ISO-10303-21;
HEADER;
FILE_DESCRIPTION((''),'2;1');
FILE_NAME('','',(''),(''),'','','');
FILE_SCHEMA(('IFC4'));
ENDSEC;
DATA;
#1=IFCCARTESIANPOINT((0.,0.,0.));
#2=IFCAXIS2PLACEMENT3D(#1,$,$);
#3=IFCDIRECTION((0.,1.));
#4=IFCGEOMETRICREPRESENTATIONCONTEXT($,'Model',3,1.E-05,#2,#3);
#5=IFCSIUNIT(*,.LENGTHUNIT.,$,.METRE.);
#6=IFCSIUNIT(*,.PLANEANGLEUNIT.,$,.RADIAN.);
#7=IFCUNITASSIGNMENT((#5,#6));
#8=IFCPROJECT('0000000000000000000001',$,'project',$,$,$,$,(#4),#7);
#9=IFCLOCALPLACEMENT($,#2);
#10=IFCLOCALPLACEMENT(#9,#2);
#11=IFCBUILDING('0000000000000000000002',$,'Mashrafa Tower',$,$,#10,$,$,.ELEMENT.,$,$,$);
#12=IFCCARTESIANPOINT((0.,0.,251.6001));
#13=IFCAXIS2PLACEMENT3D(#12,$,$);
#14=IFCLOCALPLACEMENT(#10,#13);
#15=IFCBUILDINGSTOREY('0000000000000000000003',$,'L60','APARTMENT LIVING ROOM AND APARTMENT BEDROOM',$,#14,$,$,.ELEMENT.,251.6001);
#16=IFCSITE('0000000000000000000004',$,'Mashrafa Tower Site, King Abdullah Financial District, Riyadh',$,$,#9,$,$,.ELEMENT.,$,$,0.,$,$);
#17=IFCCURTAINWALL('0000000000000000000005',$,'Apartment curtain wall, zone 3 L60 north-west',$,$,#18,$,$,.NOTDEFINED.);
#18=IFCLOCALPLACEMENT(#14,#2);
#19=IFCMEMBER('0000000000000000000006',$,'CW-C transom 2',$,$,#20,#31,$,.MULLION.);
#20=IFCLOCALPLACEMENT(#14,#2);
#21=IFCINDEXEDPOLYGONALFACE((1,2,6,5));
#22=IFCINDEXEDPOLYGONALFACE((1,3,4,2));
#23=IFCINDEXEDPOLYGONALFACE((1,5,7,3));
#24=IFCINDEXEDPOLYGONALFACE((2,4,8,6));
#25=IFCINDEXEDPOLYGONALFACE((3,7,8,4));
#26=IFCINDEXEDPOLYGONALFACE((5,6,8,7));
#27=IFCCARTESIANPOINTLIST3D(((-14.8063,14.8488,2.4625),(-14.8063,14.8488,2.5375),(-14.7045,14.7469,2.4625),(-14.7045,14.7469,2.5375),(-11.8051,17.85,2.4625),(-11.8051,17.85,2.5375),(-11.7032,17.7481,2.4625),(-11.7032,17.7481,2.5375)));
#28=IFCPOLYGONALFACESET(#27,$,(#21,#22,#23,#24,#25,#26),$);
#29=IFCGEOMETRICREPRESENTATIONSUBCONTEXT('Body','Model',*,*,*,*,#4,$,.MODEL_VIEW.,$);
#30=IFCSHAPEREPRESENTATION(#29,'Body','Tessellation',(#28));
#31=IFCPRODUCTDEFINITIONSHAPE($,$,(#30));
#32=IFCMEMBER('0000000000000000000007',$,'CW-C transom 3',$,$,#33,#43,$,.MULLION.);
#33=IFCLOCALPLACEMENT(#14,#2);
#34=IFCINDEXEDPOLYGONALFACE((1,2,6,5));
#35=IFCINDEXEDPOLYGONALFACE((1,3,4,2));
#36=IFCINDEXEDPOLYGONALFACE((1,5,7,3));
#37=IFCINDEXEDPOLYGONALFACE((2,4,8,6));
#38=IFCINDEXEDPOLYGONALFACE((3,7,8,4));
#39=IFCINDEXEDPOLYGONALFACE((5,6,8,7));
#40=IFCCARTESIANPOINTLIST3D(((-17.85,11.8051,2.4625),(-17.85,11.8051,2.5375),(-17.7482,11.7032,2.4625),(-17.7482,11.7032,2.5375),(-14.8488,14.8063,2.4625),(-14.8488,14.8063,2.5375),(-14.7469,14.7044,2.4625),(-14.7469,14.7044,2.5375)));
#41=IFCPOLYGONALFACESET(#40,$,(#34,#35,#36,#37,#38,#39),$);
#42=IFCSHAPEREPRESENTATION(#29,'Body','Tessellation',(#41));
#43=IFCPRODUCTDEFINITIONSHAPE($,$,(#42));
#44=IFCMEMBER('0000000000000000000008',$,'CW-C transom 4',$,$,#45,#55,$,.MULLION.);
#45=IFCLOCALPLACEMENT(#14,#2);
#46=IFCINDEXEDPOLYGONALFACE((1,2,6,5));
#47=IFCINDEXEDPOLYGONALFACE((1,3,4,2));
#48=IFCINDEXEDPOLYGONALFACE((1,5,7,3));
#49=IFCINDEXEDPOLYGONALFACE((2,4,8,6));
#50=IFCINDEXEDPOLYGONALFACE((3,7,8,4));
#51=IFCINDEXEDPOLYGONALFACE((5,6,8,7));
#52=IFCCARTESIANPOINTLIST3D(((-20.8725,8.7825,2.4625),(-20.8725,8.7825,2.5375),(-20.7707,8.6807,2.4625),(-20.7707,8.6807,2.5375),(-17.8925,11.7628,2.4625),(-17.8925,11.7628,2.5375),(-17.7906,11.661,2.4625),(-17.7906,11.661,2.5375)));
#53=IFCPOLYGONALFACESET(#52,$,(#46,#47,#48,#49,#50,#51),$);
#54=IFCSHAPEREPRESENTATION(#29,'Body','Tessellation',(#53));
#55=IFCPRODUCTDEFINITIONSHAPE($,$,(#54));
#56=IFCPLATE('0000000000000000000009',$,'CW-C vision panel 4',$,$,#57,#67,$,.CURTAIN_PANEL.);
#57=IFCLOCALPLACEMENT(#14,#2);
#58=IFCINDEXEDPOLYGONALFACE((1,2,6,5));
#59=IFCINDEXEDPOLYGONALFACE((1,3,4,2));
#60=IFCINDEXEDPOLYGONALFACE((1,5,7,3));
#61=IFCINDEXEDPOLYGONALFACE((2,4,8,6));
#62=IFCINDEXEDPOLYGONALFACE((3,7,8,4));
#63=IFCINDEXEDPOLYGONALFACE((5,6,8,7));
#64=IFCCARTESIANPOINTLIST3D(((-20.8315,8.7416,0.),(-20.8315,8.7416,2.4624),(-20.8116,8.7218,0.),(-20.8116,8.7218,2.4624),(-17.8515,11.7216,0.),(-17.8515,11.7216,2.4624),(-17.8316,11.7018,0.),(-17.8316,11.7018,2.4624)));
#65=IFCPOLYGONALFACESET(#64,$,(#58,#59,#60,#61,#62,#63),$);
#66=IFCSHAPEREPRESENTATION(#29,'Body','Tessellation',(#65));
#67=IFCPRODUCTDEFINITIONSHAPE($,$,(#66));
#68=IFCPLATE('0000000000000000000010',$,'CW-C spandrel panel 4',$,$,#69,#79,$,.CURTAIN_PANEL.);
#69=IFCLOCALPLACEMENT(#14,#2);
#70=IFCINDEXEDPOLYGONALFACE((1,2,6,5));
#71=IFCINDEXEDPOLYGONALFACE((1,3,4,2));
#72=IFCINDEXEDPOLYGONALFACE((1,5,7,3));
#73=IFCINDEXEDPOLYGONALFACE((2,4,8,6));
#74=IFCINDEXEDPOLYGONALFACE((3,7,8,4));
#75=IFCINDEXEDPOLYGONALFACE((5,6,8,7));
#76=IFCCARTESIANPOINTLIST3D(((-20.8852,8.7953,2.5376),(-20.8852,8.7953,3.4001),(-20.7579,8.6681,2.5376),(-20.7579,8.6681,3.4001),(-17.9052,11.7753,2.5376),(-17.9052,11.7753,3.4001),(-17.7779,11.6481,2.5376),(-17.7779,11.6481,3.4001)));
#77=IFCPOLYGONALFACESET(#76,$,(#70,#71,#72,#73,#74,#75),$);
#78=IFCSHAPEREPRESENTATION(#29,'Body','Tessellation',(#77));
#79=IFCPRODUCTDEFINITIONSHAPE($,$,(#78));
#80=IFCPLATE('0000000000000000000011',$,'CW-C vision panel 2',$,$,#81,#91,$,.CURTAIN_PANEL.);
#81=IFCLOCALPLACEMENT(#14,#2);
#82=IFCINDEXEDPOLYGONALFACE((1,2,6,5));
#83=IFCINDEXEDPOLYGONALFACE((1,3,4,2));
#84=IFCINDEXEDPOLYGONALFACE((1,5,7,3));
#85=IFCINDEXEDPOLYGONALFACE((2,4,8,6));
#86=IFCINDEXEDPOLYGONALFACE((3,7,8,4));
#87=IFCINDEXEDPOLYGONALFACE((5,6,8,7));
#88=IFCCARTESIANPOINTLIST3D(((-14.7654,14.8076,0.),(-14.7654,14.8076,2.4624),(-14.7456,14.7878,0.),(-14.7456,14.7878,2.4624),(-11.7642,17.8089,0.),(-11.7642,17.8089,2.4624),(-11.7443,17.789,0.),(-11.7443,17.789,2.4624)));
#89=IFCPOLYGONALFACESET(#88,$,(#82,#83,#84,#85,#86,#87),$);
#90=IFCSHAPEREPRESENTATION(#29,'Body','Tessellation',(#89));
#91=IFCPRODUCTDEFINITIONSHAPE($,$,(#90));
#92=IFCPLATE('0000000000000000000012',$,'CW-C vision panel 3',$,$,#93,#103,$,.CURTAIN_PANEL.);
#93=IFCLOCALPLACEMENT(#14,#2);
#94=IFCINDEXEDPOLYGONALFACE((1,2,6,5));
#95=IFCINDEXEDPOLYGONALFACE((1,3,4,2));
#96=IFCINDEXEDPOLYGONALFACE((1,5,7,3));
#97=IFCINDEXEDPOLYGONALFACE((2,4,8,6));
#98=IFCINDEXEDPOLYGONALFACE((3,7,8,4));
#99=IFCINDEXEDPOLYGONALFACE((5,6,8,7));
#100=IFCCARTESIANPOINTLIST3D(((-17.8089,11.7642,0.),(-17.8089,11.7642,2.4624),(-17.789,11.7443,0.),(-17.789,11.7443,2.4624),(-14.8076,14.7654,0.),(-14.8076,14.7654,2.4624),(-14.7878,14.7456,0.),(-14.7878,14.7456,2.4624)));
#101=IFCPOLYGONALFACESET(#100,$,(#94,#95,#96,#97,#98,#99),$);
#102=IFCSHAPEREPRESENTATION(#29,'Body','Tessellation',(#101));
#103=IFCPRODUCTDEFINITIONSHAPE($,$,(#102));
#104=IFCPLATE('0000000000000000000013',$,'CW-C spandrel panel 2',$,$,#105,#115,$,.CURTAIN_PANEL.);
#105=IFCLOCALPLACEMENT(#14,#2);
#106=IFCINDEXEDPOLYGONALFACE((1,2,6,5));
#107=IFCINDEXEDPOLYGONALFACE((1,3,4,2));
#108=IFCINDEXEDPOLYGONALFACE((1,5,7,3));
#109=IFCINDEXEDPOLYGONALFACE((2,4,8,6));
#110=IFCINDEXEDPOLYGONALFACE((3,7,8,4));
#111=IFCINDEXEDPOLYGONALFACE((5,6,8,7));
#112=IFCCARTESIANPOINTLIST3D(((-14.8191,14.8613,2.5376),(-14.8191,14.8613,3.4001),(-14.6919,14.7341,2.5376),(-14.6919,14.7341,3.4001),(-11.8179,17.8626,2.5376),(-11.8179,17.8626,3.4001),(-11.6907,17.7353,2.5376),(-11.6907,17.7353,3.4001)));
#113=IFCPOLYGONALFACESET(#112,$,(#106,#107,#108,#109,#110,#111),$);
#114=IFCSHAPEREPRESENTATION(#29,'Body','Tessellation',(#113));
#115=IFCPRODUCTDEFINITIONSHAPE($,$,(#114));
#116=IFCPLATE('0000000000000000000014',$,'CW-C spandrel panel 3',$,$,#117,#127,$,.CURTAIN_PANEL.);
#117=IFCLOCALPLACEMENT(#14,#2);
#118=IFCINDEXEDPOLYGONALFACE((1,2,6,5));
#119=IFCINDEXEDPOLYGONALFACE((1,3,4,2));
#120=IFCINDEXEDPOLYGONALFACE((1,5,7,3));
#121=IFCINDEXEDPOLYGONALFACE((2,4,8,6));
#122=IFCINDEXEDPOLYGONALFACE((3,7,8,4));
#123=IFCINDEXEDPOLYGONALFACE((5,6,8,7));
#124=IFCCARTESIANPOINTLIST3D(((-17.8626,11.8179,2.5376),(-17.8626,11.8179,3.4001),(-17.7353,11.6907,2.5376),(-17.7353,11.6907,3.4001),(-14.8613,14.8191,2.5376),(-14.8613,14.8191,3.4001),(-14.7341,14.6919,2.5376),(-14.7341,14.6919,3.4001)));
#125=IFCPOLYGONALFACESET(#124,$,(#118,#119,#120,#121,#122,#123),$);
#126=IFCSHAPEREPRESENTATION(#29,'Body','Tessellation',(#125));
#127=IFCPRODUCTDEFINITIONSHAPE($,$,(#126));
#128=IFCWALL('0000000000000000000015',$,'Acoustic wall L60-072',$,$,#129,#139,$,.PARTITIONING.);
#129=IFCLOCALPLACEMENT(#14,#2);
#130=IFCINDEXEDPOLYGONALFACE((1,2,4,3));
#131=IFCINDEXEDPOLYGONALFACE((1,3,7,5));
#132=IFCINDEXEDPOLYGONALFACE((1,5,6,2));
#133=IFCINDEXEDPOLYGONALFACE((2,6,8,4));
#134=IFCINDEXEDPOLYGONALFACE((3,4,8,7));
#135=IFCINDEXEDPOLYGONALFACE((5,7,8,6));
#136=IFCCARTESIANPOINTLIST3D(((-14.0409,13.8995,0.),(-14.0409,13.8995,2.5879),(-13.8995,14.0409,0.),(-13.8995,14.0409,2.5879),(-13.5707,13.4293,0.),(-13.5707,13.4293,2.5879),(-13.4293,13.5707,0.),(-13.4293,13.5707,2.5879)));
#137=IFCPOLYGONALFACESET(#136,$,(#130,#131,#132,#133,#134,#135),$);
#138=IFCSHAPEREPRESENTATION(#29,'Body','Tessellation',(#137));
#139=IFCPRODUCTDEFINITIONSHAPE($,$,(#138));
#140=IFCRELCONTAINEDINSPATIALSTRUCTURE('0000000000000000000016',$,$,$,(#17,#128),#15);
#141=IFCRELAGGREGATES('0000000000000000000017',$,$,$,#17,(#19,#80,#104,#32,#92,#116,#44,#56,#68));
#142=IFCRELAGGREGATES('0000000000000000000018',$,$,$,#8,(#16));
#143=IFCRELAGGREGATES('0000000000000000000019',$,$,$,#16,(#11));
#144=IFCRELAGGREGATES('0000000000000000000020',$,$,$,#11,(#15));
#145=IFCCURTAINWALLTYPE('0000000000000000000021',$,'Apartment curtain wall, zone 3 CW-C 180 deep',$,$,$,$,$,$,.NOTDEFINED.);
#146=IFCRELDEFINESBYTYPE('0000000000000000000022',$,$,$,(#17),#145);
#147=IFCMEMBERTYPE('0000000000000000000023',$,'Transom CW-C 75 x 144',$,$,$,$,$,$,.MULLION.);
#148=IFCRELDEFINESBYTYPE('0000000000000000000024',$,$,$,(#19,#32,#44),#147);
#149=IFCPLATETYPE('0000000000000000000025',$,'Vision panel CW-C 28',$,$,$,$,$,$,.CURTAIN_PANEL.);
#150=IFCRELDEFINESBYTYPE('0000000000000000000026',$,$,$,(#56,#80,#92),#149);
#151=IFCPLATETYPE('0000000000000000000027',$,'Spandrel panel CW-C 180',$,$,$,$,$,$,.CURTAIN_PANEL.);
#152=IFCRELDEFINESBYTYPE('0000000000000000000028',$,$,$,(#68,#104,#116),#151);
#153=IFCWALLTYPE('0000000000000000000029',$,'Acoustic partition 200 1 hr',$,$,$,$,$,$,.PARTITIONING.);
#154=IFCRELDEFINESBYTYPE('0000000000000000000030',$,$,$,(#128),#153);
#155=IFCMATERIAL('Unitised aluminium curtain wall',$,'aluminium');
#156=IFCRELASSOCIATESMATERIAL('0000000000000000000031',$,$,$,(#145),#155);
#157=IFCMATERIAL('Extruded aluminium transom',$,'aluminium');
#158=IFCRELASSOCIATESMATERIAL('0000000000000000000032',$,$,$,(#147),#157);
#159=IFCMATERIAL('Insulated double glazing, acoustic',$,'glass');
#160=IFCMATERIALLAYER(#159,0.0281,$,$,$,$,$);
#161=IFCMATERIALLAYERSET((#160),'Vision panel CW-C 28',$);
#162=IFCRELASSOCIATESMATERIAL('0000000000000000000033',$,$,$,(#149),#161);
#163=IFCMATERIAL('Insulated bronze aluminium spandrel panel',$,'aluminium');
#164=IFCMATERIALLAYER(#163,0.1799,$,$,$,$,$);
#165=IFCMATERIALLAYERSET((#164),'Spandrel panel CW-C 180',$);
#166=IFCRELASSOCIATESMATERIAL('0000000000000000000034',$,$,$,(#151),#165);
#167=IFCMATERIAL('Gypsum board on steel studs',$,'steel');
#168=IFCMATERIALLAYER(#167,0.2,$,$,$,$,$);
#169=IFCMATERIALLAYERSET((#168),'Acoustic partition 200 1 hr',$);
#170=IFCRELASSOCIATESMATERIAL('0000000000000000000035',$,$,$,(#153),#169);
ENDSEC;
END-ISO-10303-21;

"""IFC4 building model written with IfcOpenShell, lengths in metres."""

from ifc_helpers import new_model, si_unit, direction, frame, frame_2d, origin, origin_2d, place, context, subcontext, project, spatial, rectangle, extrude, source, transform, mapped, material, layer, layer_set, material_profile, profile_set, type_object, type_shapes, element, aggregate, save


model = new_model("IFC4")

# Units and contexts
model_context = context("Model", 3, precision=1e-05, world=origin(), true_north=direction((0.0, 1.0)))
body_context = subcontext(model_context, "Body", "Model", "MODEL_VIEW")
ifc_project = project(units=[si_unit("LENGTHUNIT", "METRE"), si_unit("PLANEANGLEUNIT", "RADIAN")], contexts=[model_context])

# Site, building, storey
site_placement = place(None, origin())
site = spatial("IfcSite", under=ifc_project, at=site_placement, Name="Mashrafa Tower Site, King Abdullah Financial District, Riyadh", CompositionType="ELEMENT", RefElevation=0.0)
building_placement = place(site_placement, origin())
building = spatial("IfcBuilding", under=site, at=building_placement, Name="Mashrafa Tower", CompositionType="ELEMENT")
storey_placement = place(building_placement, frame((0.0, 0.0, 251.6001)))
storey = spatial("IfcBuildingStorey", under=building, at=storey_placement, Name="L60", Description="APARTMENT LIVING ROOM AND APARTMENT BEDROOM", CompositionType="ELEMENT", Elevation=251.6001)

# Curtain wall, members, plates
ifc_material_1 = material(Name="Unitised aluminium curtain wall", Category="aluminium")
curtain_wall_type = type_object("IfcCurtainWallType", Name="Apartment curtain wall, zone 3 CW-C 180 deep", PredefinedType="NOTDEFINED", material=ifc_material_1)
curtain_wall_placement = place(storey_placement, origin())
curtain_wall = element("IfcCurtainWall", 1, at=curtain_wall_placement, inside=storey, type_object=curtain_wall_type, Name="Apartment curtain wall, zone 3 L60 north-west", PredefinedType="NOTDEFINED")
ifc_material_2 = material(Name="Extruded aluminium transom", Category="aluminium")
ifc_material_profile_1 = material_profile(ifc_material_2, rectangle(XDim=0.144, YDim=0.075, at=origin_2d()), Name="Transom 75x144")
ifc_profile_set_1 = profile_set([ifc_material_profile_1], Name="Extruded aluminium transom")
member_type_1 = type_object("IfcMemberType", Name="Transom CW-C 75 x 144", PredefinedType="MULLION", material=ifc_profile_set_1)
shared_shape_1 = source(origin(), body_context, "Body", "SweptSolid", [
    extrude(rectangle(XDim=0.144, YDim=0.075, at=origin_2d()), origin(), (0.0, 0.0, 1.0), 4.2444),
])
member_1_placement = place(storey_placement, frame((-11.7542, 17.7991, 2.5), z_axis=(-0.707107, -0.707107, 0.0), x_axis=(0.707107, -0.707107, 0.0)))
member_1 = element("IfcMember", 2, at=member_1_placement, type_object=member_type_1, Name="CW-C transom 2", PredefinedType="MULLION", context=body_context, shape_type="MappedRepresentation", body=[
    mapped(shared_shape_1, transform((0.0, 0.0, 0.0))),
])
member_2_placement = place(storey_placement, frame((-14.7979, 14.7554, 2.5), z_axis=(-0.707107, -0.707107, 0.0), x_axis=(0.707107, -0.707107, 0.0)))
member_2 = element("IfcMember", 3, at=member_2_placement, type_object=member_type_1, Name="CW-C transom 3", PredefinedType="MULLION", context=body_context, shape_type="MappedRepresentation", body=[
    mapped(shared_shape_1, transform((0.0, 0.0, 0.0))),
])
shared_shape_2 = source(origin(), body_context, "Body", "SweptSolid", [
    extrude(rectangle(XDim=0.144, YDim=0.075, at=origin_2d()), origin(), (0.0, 0.0, 1.0), 4.2146),
])
type_shapes(member_type_1, [shared_shape_1, shared_shape_2])
member_3_placement = place(storey_placement, frame((-17.8416, 11.7119, 2.5), z_axis=(-0.707078, -0.707136, 0.0), x_axis=(0.707136, -0.707078, 0.0)))
member_3 = element("IfcMember", 4, at=member_3_placement, type_object=member_type_1, Name="CW-C transom 4", PredefinedType="MULLION", context=body_context, shape_type="MappedRepresentation", body=[
    mapped(shared_shape_2, transform((0.0, 0.0, 0.0))),
])
ifc_material_3 = material(Name="Insulated double glazing, acoustic", Category="glass")
ifc_layer_1 = layer(ifc_material_3, 0.0281)
ifc_layer_set_1 = layer_set([ifc_layer_1], Name="Vision panel CW-C 28")
plate_type_1 = type_object("IfcPlateType", Name="Vision panel CW-C 28", PredefinedType="CURTAIN_PANEL", material=ifc_layer_set_1)
shared_shape_3 = source(origin(), body_context, "Body", "SweptSolid", [
    extrude(rectangle(XDim=4.2144, YDim=0.0281, at=origin_2d()), origin(), (0.0, 0.0, 1.0), 2.4624),
])
plate_1_placement = place(storey_placement, frame((-19.3315, 10.2217, 0.0), z_axis=(0.0, 0.0, 1.0), x_axis=(-0.707107, -0.707107, 0.0)))
plate_1 = element("IfcPlate", 5, at=plate_1_placement, type_object=plate_type_1, Name="CW-C vision panel 4", PredefinedType="CURTAIN_PANEL", context=body_context, shape_type="MappedRepresentation", body=[
    mapped(shared_shape_3, transform((0.0, 0.0, 0.0))),
])
ifc_material_4 = material(Name="Insulated bronze aluminium spandrel panel", Category="aluminium")
ifc_layer_2 = layer(ifc_material_4, 0.1799)
ifc_layer_set_2 = layer_set([ifc_layer_2], Name="Spandrel panel CW-C 180")
plate_type_2 = type_object("IfcPlateType", Name="Spandrel panel CW-C 180", PredefinedType="CURTAIN_PANEL", material=ifc_layer_set_2)
shared_shape_4 = source(origin(), body_context, "Body", "SweptSolid", [
    extrude(rectangle(XDim=4.2144, YDim=0.1799, at=origin_2d()), origin(), (0.0, 0.0, 1.0), 0.8625),
])
plate_2_placement = place(storey_placement, frame((-19.3315, 10.2217, 2.5376), z_axis=(0.0, 0.0, 1.0), x_axis=(-0.707107, -0.707107, 0.0)))
plate_2 = element("IfcPlate", 6, at=plate_2_placement, type_object=plate_type_2, Name="CW-C spandrel panel 4", PredefinedType="CURTAIN_PANEL", context=body_context, shape_type="MappedRepresentation", body=[
    mapped(shared_shape_4, transform((0.0, 0.0, 0.0))),
])
shared_shape_5 = source(origin(), body_context, "Body", "SweptSolid", [
    extrude(rectangle(XDim=4.2444, YDim=0.0281, at=origin_2d()), origin(), (0.0, 0.0, 1.0), 2.4624),
])
type_shapes(plate_type_1, [shared_shape_3, shared_shape_5])
plate_3_placement = place(storey_placement, frame((-13.2549, 16.2983, 0.0), z_axis=(0.0, 0.0, 1.0), x_axis=(-0.707107, -0.707107, 0.0)))
plate_3 = element("IfcPlate", 7, at=plate_3_placement, type_object=plate_type_1, Name="CW-C vision panel 2", PredefinedType="CURTAIN_PANEL", context=body_context, shape_type="MappedRepresentation", body=[
    mapped(shared_shape_5, transform((0.0, 0.0, 0.0))),
])
plate_4_placement = place(storey_placement, frame((-16.2983, 13.2549, 0.0), z_axis=(0.0, 0.0, 1.0), x_axis=(-0.707107, -0.707107, 0.0)))
plate_4 = element("IfcPlate", 8, at=plate_4_placement, type_object=plate_type_1, Name="CW-C vision panel 3", PredefinedType="CURTAIN_PANEL", context=body_context, shape_type="MappedRepresentation", body=[
    mapped(shared_shape_5, transform((0.0, 0.0, 0.0))),
])
shared_shape_6 = source(origin(), body_context, "Body", "SweptSolid", [
    extrude(rectangle(XDim=4.2444, YDim=0.1799, at=origin_2d()), origin(), (0.0, 0.0, 1.0), 0.8625),
])
type_shapes(plate_type_2, [shared_shape_4, shared_shape_6])
plate_5_placement = place(storey_placement, frame((-13.2549, 16.2983, 2.5376), z_axis=(0.0, 0.0, 1.0), x_axis=(-0.707107, -0.707107, 0.0)))
plate_5 = element("IfcPlate", 9, at=plate_5_placement, type_object=plate_type_2, Name="CW-C spandrel panel 2", PredefinedType="CURTAIN_PANEL", context=body_context, shape_type="MappedRepresentation", body=[
    mapped(shared_shape_6, transform((0.0, 0.0, 0.0))),
])
plate_6_placement = place(storey_placement, frame((-16.2983, 13.2549, 2.5376), z_axis=(0.0, 0.0, 1.0), x_axis=(-0.707107, -0.707107, 0.0)))
plate_6 = element("IfcPlate", 10, at=plate_6_placement, type_object=plate_type_2, Name="CW-C spandrel panel 3", PredefinedType="CURTAIN_PANEL", context=body_context, shape_type="MappedRepresentation", body=[
    mapped(shared_shape_6, transform((0.0, 0.0, 0.0))),
])
aggregate(curtain_wall, [member_1, plate_3, plate_5, member_2, plate_4, plate_6, member_3, plate_1, plate_2])

# Wall
ifc_material_5 = material(Name="Gypsum board on steel studs", Category="steel")
ifc_layer_3 = layer(ifc_material_5, 0.2)
ifc_layer_set_3 = layer_set([ifc_layer_3], Name="Acoustic partition 200 1 hr")
wall_type_1 = type_object("IfcWallType", Name="Acoustic partition 200 1 hr", PredefinedType="PARTITIONING", material=ifc_layer_set_3)
wall_1_placement = place(storey_placement, frame((-13.9702, 13.9702, 0.0), z_axis=(0.0, 0.0, 1.0), x_axis=(0.707107, -0.707107, 0.0)))
element("IfcWall", 11, at=wall_1_placement, inside=storey, type_object=wall_type_1, Name="Acoustic wall L60-072", PredefinedType="PARTITIONING", context=body_context, shape_type="SweptSolid", body=[
    extrude(rectangle(XDim=0.665, YDim=0.2, at=frame_2d((0.3325, 0.0))), origin(), (0.0, 0.0, 1.0), 2.5879),
])

save(model, "model.ifc")
